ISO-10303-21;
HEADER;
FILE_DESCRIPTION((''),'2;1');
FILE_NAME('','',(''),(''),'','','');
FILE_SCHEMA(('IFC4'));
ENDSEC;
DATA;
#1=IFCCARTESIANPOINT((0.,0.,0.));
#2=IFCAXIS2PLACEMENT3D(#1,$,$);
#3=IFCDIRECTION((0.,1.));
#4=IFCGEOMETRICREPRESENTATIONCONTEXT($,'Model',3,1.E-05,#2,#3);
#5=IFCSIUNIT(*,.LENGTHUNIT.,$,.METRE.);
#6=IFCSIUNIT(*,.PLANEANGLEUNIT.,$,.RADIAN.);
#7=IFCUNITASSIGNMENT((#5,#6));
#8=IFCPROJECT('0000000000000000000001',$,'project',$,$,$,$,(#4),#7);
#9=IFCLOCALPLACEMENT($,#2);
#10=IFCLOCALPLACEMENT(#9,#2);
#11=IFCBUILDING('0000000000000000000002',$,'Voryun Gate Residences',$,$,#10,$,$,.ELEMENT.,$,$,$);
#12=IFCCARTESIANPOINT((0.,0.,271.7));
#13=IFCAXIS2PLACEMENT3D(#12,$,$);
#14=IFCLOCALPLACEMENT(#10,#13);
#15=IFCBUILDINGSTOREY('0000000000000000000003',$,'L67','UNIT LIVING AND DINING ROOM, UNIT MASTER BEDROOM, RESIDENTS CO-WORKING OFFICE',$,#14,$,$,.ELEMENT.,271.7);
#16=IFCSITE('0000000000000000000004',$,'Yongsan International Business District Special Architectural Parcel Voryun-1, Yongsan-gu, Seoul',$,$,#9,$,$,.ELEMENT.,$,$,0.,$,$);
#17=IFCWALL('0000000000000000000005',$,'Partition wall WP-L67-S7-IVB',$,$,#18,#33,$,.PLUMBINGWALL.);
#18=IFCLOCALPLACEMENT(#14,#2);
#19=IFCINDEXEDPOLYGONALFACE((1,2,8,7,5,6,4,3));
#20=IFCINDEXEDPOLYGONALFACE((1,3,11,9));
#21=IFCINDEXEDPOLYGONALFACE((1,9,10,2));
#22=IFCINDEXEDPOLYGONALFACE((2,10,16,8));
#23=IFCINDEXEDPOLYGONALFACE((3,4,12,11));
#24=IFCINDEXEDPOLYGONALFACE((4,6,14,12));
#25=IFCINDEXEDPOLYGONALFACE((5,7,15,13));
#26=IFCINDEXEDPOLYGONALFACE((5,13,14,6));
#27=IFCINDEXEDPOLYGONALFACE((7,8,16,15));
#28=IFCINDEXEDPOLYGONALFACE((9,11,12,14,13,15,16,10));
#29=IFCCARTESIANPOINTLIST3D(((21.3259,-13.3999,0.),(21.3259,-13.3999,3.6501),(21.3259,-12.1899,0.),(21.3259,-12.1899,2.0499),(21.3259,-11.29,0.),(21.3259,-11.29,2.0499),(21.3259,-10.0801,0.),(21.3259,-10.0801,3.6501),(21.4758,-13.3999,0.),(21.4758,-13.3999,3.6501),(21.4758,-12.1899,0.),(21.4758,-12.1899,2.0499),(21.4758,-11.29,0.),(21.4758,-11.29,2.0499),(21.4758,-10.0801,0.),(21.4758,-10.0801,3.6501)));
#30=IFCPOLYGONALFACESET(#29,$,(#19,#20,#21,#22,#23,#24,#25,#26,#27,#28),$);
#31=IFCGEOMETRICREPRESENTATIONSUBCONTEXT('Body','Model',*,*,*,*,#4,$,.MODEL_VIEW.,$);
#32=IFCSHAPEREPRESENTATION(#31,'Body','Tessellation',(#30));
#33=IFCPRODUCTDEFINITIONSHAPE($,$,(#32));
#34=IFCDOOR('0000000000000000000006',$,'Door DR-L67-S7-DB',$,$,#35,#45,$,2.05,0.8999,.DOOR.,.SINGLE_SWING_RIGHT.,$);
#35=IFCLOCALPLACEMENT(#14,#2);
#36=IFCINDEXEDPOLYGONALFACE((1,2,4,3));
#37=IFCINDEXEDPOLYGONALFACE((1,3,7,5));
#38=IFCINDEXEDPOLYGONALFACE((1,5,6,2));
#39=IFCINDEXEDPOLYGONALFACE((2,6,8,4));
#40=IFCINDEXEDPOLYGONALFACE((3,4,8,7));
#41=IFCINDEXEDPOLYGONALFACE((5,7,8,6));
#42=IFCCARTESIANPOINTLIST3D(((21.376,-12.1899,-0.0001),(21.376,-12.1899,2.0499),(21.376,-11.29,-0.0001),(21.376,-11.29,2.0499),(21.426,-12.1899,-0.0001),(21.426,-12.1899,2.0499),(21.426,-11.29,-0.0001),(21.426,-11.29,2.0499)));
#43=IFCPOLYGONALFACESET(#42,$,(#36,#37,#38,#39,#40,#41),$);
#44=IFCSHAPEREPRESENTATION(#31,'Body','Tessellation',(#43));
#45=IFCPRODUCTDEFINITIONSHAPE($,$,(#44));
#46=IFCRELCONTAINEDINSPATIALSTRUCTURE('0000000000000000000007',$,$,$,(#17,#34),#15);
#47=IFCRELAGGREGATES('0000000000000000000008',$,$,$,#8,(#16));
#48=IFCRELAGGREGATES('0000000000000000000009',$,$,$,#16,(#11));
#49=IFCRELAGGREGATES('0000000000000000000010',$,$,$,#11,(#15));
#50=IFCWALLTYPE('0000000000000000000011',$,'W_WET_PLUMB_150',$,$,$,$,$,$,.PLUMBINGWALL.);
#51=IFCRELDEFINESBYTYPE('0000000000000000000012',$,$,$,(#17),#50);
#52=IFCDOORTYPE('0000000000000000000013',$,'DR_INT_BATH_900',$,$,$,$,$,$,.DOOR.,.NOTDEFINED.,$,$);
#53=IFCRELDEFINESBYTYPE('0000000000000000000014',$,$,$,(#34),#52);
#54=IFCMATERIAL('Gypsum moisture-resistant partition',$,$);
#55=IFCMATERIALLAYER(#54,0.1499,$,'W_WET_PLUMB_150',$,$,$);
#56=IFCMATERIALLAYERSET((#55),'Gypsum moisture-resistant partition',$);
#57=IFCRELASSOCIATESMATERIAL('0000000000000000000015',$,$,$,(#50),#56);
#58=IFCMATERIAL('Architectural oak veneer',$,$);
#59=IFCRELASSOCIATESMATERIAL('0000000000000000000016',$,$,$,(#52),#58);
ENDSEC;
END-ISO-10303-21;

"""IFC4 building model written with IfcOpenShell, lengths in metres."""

from ifc_helpers import new_model, si_unit, direction, frame, frame_2d, origin, place, context, subcontext, project, spatial, rectangle, extrude, material, layer, layer_set, type_object, element, fill, save


model = new_model("IFC4")

# Units and contexts
model_context = context("Model", 3, precision=1e-05, world=origin(), true_north=direction((0.0, 1.0)))
body_context = subcontext(model_context, "Body", "Model", "MODEL_VIEW")
ifc_project = project(units=[si_unit("LENGTHUNIT", "METRE"), si_unit("PLANEANGLEUNIT", "RADIAN")], contexts=[model_context])

# Site, building, storey
site_placement = place(None, origin())
site = spatial("IfcSite", under=ifc_project, at=site_placement, Name="Yongsan International Business District Special Architectural Parcel Voryun-1, Yongsan-gu, Seoul", CompositionType="ELEMENT", RefElevation=0.0)
building_placement = place(site_placement, origin())
building = spatial("IfcBuilding", under=site, at=building_placement, Name="Voryun Gate Residences", CompositionType="ELEMENT")
storey_placement = place(building_placement, frame((0.0, 0.0, 271.7)))
storey = spatial("IfcBuildingStorey", under=building, at=storey_placement, Name="L67", Description="UNIT LIVING AND DINING ROOM, UNIT MASTER BEDROOM, RESIDENTS CO-WORKING OFFICE", CompositionType="ELEMENT", Elevation=271.7)

# Shared definitions
ifc_material_1 = material(Name="Gypsum moisture-resistant partition")
ifc_layer_1 = layer(ifc_material_1, 0.1499, Name="W_WET_PLUMB_150")
ifc_layer_set_1 = layer_set([ifc_layer_1], Name="Gypsum moisture-resistant partition")
wall_type_1 = type_object("IfcWallType", Name="W_WET_PLUMB_150", PredefinedType="PLUMBINGWALL", material=ifc_layer_set_1)

# Wall, opening, door
wall_1_placement = place(storey_placement, frame((21.4009, -13.3999, 0.0), z_axis=(0.0, 0.0, 1.0), x_axis=(0.0, 1.0, 0.0)))
wall_1 = element("IfcWall", 1, at=wall_1_placement, inside=storey, type_object=wall_type_1, Name="Partition wall WP-L67-S7-IVB", PredefinedType="PLUMBINGWALL", context=body_context, shape_type="SweptSolid", body=[
    extrude(rectangle(XDim=3.3198, YDim=0.1499, at=frame_2d((1.6599, 0.0))), origin(), (0.0, 0.0, 1.0), 3.6501),
])
opening_1_placement = place(wall_1_placement, frame((1.21, 0.0, 0.0)))
opening_1 = element("IfcOpeningElement", 2, at=opening_1_placement, cuts=wall_1, PredefinedType="OPENING", context=body_context, shape_type="SweptSolid", body=[
    extrude(rectangle(XDim=0.8999, YDim=2.05, at=frame_2d((0.45, 1.0249))), frame((0.0, 0.085, 0.0), z_axis=(0.0, -1.0, 0.0), x_axis=(1.0, 0.0, 0.0)), (0.0, 0.0, 1.0), 0.1699),
])
ifc_material_2 = material(Name="Architectural oak veneer")
door_type_1 = type_object("IfcDoorType", Name="DR_INT_BATH_900", OperationType="NOTDEFINED", PredefinedType="DOOR", material=ifc_material_2)
door_1_placement = place(opening_1_placement, origin())
door_1 = element("IfcDoor", 3, at=door_1_placement, inside=storey, type_object=door_type_1, Name="Door DR-L67-S7-DB", OperationType="SINGLE_SWING_RIGHT", OverallHeight=2.05, OverallWidth=0.8999, PredefinedType="DOOR", context=body_context, shape_type="SweptSolid", body=[
    extrude(rectangle(XDim=0.8999, YDim=2.05, at=frame_2d((0.45, 1.0249))), frame((0.0, 0.0249, 0.0), z_axis=(0.0, -1.0, 0.0), x_axis=(1.0, 0.0, 0.0)), (0.0, 0.0, 1.0), 0.05),
])
fill(opening_1, door_1)

save(model, "model.ifc")
